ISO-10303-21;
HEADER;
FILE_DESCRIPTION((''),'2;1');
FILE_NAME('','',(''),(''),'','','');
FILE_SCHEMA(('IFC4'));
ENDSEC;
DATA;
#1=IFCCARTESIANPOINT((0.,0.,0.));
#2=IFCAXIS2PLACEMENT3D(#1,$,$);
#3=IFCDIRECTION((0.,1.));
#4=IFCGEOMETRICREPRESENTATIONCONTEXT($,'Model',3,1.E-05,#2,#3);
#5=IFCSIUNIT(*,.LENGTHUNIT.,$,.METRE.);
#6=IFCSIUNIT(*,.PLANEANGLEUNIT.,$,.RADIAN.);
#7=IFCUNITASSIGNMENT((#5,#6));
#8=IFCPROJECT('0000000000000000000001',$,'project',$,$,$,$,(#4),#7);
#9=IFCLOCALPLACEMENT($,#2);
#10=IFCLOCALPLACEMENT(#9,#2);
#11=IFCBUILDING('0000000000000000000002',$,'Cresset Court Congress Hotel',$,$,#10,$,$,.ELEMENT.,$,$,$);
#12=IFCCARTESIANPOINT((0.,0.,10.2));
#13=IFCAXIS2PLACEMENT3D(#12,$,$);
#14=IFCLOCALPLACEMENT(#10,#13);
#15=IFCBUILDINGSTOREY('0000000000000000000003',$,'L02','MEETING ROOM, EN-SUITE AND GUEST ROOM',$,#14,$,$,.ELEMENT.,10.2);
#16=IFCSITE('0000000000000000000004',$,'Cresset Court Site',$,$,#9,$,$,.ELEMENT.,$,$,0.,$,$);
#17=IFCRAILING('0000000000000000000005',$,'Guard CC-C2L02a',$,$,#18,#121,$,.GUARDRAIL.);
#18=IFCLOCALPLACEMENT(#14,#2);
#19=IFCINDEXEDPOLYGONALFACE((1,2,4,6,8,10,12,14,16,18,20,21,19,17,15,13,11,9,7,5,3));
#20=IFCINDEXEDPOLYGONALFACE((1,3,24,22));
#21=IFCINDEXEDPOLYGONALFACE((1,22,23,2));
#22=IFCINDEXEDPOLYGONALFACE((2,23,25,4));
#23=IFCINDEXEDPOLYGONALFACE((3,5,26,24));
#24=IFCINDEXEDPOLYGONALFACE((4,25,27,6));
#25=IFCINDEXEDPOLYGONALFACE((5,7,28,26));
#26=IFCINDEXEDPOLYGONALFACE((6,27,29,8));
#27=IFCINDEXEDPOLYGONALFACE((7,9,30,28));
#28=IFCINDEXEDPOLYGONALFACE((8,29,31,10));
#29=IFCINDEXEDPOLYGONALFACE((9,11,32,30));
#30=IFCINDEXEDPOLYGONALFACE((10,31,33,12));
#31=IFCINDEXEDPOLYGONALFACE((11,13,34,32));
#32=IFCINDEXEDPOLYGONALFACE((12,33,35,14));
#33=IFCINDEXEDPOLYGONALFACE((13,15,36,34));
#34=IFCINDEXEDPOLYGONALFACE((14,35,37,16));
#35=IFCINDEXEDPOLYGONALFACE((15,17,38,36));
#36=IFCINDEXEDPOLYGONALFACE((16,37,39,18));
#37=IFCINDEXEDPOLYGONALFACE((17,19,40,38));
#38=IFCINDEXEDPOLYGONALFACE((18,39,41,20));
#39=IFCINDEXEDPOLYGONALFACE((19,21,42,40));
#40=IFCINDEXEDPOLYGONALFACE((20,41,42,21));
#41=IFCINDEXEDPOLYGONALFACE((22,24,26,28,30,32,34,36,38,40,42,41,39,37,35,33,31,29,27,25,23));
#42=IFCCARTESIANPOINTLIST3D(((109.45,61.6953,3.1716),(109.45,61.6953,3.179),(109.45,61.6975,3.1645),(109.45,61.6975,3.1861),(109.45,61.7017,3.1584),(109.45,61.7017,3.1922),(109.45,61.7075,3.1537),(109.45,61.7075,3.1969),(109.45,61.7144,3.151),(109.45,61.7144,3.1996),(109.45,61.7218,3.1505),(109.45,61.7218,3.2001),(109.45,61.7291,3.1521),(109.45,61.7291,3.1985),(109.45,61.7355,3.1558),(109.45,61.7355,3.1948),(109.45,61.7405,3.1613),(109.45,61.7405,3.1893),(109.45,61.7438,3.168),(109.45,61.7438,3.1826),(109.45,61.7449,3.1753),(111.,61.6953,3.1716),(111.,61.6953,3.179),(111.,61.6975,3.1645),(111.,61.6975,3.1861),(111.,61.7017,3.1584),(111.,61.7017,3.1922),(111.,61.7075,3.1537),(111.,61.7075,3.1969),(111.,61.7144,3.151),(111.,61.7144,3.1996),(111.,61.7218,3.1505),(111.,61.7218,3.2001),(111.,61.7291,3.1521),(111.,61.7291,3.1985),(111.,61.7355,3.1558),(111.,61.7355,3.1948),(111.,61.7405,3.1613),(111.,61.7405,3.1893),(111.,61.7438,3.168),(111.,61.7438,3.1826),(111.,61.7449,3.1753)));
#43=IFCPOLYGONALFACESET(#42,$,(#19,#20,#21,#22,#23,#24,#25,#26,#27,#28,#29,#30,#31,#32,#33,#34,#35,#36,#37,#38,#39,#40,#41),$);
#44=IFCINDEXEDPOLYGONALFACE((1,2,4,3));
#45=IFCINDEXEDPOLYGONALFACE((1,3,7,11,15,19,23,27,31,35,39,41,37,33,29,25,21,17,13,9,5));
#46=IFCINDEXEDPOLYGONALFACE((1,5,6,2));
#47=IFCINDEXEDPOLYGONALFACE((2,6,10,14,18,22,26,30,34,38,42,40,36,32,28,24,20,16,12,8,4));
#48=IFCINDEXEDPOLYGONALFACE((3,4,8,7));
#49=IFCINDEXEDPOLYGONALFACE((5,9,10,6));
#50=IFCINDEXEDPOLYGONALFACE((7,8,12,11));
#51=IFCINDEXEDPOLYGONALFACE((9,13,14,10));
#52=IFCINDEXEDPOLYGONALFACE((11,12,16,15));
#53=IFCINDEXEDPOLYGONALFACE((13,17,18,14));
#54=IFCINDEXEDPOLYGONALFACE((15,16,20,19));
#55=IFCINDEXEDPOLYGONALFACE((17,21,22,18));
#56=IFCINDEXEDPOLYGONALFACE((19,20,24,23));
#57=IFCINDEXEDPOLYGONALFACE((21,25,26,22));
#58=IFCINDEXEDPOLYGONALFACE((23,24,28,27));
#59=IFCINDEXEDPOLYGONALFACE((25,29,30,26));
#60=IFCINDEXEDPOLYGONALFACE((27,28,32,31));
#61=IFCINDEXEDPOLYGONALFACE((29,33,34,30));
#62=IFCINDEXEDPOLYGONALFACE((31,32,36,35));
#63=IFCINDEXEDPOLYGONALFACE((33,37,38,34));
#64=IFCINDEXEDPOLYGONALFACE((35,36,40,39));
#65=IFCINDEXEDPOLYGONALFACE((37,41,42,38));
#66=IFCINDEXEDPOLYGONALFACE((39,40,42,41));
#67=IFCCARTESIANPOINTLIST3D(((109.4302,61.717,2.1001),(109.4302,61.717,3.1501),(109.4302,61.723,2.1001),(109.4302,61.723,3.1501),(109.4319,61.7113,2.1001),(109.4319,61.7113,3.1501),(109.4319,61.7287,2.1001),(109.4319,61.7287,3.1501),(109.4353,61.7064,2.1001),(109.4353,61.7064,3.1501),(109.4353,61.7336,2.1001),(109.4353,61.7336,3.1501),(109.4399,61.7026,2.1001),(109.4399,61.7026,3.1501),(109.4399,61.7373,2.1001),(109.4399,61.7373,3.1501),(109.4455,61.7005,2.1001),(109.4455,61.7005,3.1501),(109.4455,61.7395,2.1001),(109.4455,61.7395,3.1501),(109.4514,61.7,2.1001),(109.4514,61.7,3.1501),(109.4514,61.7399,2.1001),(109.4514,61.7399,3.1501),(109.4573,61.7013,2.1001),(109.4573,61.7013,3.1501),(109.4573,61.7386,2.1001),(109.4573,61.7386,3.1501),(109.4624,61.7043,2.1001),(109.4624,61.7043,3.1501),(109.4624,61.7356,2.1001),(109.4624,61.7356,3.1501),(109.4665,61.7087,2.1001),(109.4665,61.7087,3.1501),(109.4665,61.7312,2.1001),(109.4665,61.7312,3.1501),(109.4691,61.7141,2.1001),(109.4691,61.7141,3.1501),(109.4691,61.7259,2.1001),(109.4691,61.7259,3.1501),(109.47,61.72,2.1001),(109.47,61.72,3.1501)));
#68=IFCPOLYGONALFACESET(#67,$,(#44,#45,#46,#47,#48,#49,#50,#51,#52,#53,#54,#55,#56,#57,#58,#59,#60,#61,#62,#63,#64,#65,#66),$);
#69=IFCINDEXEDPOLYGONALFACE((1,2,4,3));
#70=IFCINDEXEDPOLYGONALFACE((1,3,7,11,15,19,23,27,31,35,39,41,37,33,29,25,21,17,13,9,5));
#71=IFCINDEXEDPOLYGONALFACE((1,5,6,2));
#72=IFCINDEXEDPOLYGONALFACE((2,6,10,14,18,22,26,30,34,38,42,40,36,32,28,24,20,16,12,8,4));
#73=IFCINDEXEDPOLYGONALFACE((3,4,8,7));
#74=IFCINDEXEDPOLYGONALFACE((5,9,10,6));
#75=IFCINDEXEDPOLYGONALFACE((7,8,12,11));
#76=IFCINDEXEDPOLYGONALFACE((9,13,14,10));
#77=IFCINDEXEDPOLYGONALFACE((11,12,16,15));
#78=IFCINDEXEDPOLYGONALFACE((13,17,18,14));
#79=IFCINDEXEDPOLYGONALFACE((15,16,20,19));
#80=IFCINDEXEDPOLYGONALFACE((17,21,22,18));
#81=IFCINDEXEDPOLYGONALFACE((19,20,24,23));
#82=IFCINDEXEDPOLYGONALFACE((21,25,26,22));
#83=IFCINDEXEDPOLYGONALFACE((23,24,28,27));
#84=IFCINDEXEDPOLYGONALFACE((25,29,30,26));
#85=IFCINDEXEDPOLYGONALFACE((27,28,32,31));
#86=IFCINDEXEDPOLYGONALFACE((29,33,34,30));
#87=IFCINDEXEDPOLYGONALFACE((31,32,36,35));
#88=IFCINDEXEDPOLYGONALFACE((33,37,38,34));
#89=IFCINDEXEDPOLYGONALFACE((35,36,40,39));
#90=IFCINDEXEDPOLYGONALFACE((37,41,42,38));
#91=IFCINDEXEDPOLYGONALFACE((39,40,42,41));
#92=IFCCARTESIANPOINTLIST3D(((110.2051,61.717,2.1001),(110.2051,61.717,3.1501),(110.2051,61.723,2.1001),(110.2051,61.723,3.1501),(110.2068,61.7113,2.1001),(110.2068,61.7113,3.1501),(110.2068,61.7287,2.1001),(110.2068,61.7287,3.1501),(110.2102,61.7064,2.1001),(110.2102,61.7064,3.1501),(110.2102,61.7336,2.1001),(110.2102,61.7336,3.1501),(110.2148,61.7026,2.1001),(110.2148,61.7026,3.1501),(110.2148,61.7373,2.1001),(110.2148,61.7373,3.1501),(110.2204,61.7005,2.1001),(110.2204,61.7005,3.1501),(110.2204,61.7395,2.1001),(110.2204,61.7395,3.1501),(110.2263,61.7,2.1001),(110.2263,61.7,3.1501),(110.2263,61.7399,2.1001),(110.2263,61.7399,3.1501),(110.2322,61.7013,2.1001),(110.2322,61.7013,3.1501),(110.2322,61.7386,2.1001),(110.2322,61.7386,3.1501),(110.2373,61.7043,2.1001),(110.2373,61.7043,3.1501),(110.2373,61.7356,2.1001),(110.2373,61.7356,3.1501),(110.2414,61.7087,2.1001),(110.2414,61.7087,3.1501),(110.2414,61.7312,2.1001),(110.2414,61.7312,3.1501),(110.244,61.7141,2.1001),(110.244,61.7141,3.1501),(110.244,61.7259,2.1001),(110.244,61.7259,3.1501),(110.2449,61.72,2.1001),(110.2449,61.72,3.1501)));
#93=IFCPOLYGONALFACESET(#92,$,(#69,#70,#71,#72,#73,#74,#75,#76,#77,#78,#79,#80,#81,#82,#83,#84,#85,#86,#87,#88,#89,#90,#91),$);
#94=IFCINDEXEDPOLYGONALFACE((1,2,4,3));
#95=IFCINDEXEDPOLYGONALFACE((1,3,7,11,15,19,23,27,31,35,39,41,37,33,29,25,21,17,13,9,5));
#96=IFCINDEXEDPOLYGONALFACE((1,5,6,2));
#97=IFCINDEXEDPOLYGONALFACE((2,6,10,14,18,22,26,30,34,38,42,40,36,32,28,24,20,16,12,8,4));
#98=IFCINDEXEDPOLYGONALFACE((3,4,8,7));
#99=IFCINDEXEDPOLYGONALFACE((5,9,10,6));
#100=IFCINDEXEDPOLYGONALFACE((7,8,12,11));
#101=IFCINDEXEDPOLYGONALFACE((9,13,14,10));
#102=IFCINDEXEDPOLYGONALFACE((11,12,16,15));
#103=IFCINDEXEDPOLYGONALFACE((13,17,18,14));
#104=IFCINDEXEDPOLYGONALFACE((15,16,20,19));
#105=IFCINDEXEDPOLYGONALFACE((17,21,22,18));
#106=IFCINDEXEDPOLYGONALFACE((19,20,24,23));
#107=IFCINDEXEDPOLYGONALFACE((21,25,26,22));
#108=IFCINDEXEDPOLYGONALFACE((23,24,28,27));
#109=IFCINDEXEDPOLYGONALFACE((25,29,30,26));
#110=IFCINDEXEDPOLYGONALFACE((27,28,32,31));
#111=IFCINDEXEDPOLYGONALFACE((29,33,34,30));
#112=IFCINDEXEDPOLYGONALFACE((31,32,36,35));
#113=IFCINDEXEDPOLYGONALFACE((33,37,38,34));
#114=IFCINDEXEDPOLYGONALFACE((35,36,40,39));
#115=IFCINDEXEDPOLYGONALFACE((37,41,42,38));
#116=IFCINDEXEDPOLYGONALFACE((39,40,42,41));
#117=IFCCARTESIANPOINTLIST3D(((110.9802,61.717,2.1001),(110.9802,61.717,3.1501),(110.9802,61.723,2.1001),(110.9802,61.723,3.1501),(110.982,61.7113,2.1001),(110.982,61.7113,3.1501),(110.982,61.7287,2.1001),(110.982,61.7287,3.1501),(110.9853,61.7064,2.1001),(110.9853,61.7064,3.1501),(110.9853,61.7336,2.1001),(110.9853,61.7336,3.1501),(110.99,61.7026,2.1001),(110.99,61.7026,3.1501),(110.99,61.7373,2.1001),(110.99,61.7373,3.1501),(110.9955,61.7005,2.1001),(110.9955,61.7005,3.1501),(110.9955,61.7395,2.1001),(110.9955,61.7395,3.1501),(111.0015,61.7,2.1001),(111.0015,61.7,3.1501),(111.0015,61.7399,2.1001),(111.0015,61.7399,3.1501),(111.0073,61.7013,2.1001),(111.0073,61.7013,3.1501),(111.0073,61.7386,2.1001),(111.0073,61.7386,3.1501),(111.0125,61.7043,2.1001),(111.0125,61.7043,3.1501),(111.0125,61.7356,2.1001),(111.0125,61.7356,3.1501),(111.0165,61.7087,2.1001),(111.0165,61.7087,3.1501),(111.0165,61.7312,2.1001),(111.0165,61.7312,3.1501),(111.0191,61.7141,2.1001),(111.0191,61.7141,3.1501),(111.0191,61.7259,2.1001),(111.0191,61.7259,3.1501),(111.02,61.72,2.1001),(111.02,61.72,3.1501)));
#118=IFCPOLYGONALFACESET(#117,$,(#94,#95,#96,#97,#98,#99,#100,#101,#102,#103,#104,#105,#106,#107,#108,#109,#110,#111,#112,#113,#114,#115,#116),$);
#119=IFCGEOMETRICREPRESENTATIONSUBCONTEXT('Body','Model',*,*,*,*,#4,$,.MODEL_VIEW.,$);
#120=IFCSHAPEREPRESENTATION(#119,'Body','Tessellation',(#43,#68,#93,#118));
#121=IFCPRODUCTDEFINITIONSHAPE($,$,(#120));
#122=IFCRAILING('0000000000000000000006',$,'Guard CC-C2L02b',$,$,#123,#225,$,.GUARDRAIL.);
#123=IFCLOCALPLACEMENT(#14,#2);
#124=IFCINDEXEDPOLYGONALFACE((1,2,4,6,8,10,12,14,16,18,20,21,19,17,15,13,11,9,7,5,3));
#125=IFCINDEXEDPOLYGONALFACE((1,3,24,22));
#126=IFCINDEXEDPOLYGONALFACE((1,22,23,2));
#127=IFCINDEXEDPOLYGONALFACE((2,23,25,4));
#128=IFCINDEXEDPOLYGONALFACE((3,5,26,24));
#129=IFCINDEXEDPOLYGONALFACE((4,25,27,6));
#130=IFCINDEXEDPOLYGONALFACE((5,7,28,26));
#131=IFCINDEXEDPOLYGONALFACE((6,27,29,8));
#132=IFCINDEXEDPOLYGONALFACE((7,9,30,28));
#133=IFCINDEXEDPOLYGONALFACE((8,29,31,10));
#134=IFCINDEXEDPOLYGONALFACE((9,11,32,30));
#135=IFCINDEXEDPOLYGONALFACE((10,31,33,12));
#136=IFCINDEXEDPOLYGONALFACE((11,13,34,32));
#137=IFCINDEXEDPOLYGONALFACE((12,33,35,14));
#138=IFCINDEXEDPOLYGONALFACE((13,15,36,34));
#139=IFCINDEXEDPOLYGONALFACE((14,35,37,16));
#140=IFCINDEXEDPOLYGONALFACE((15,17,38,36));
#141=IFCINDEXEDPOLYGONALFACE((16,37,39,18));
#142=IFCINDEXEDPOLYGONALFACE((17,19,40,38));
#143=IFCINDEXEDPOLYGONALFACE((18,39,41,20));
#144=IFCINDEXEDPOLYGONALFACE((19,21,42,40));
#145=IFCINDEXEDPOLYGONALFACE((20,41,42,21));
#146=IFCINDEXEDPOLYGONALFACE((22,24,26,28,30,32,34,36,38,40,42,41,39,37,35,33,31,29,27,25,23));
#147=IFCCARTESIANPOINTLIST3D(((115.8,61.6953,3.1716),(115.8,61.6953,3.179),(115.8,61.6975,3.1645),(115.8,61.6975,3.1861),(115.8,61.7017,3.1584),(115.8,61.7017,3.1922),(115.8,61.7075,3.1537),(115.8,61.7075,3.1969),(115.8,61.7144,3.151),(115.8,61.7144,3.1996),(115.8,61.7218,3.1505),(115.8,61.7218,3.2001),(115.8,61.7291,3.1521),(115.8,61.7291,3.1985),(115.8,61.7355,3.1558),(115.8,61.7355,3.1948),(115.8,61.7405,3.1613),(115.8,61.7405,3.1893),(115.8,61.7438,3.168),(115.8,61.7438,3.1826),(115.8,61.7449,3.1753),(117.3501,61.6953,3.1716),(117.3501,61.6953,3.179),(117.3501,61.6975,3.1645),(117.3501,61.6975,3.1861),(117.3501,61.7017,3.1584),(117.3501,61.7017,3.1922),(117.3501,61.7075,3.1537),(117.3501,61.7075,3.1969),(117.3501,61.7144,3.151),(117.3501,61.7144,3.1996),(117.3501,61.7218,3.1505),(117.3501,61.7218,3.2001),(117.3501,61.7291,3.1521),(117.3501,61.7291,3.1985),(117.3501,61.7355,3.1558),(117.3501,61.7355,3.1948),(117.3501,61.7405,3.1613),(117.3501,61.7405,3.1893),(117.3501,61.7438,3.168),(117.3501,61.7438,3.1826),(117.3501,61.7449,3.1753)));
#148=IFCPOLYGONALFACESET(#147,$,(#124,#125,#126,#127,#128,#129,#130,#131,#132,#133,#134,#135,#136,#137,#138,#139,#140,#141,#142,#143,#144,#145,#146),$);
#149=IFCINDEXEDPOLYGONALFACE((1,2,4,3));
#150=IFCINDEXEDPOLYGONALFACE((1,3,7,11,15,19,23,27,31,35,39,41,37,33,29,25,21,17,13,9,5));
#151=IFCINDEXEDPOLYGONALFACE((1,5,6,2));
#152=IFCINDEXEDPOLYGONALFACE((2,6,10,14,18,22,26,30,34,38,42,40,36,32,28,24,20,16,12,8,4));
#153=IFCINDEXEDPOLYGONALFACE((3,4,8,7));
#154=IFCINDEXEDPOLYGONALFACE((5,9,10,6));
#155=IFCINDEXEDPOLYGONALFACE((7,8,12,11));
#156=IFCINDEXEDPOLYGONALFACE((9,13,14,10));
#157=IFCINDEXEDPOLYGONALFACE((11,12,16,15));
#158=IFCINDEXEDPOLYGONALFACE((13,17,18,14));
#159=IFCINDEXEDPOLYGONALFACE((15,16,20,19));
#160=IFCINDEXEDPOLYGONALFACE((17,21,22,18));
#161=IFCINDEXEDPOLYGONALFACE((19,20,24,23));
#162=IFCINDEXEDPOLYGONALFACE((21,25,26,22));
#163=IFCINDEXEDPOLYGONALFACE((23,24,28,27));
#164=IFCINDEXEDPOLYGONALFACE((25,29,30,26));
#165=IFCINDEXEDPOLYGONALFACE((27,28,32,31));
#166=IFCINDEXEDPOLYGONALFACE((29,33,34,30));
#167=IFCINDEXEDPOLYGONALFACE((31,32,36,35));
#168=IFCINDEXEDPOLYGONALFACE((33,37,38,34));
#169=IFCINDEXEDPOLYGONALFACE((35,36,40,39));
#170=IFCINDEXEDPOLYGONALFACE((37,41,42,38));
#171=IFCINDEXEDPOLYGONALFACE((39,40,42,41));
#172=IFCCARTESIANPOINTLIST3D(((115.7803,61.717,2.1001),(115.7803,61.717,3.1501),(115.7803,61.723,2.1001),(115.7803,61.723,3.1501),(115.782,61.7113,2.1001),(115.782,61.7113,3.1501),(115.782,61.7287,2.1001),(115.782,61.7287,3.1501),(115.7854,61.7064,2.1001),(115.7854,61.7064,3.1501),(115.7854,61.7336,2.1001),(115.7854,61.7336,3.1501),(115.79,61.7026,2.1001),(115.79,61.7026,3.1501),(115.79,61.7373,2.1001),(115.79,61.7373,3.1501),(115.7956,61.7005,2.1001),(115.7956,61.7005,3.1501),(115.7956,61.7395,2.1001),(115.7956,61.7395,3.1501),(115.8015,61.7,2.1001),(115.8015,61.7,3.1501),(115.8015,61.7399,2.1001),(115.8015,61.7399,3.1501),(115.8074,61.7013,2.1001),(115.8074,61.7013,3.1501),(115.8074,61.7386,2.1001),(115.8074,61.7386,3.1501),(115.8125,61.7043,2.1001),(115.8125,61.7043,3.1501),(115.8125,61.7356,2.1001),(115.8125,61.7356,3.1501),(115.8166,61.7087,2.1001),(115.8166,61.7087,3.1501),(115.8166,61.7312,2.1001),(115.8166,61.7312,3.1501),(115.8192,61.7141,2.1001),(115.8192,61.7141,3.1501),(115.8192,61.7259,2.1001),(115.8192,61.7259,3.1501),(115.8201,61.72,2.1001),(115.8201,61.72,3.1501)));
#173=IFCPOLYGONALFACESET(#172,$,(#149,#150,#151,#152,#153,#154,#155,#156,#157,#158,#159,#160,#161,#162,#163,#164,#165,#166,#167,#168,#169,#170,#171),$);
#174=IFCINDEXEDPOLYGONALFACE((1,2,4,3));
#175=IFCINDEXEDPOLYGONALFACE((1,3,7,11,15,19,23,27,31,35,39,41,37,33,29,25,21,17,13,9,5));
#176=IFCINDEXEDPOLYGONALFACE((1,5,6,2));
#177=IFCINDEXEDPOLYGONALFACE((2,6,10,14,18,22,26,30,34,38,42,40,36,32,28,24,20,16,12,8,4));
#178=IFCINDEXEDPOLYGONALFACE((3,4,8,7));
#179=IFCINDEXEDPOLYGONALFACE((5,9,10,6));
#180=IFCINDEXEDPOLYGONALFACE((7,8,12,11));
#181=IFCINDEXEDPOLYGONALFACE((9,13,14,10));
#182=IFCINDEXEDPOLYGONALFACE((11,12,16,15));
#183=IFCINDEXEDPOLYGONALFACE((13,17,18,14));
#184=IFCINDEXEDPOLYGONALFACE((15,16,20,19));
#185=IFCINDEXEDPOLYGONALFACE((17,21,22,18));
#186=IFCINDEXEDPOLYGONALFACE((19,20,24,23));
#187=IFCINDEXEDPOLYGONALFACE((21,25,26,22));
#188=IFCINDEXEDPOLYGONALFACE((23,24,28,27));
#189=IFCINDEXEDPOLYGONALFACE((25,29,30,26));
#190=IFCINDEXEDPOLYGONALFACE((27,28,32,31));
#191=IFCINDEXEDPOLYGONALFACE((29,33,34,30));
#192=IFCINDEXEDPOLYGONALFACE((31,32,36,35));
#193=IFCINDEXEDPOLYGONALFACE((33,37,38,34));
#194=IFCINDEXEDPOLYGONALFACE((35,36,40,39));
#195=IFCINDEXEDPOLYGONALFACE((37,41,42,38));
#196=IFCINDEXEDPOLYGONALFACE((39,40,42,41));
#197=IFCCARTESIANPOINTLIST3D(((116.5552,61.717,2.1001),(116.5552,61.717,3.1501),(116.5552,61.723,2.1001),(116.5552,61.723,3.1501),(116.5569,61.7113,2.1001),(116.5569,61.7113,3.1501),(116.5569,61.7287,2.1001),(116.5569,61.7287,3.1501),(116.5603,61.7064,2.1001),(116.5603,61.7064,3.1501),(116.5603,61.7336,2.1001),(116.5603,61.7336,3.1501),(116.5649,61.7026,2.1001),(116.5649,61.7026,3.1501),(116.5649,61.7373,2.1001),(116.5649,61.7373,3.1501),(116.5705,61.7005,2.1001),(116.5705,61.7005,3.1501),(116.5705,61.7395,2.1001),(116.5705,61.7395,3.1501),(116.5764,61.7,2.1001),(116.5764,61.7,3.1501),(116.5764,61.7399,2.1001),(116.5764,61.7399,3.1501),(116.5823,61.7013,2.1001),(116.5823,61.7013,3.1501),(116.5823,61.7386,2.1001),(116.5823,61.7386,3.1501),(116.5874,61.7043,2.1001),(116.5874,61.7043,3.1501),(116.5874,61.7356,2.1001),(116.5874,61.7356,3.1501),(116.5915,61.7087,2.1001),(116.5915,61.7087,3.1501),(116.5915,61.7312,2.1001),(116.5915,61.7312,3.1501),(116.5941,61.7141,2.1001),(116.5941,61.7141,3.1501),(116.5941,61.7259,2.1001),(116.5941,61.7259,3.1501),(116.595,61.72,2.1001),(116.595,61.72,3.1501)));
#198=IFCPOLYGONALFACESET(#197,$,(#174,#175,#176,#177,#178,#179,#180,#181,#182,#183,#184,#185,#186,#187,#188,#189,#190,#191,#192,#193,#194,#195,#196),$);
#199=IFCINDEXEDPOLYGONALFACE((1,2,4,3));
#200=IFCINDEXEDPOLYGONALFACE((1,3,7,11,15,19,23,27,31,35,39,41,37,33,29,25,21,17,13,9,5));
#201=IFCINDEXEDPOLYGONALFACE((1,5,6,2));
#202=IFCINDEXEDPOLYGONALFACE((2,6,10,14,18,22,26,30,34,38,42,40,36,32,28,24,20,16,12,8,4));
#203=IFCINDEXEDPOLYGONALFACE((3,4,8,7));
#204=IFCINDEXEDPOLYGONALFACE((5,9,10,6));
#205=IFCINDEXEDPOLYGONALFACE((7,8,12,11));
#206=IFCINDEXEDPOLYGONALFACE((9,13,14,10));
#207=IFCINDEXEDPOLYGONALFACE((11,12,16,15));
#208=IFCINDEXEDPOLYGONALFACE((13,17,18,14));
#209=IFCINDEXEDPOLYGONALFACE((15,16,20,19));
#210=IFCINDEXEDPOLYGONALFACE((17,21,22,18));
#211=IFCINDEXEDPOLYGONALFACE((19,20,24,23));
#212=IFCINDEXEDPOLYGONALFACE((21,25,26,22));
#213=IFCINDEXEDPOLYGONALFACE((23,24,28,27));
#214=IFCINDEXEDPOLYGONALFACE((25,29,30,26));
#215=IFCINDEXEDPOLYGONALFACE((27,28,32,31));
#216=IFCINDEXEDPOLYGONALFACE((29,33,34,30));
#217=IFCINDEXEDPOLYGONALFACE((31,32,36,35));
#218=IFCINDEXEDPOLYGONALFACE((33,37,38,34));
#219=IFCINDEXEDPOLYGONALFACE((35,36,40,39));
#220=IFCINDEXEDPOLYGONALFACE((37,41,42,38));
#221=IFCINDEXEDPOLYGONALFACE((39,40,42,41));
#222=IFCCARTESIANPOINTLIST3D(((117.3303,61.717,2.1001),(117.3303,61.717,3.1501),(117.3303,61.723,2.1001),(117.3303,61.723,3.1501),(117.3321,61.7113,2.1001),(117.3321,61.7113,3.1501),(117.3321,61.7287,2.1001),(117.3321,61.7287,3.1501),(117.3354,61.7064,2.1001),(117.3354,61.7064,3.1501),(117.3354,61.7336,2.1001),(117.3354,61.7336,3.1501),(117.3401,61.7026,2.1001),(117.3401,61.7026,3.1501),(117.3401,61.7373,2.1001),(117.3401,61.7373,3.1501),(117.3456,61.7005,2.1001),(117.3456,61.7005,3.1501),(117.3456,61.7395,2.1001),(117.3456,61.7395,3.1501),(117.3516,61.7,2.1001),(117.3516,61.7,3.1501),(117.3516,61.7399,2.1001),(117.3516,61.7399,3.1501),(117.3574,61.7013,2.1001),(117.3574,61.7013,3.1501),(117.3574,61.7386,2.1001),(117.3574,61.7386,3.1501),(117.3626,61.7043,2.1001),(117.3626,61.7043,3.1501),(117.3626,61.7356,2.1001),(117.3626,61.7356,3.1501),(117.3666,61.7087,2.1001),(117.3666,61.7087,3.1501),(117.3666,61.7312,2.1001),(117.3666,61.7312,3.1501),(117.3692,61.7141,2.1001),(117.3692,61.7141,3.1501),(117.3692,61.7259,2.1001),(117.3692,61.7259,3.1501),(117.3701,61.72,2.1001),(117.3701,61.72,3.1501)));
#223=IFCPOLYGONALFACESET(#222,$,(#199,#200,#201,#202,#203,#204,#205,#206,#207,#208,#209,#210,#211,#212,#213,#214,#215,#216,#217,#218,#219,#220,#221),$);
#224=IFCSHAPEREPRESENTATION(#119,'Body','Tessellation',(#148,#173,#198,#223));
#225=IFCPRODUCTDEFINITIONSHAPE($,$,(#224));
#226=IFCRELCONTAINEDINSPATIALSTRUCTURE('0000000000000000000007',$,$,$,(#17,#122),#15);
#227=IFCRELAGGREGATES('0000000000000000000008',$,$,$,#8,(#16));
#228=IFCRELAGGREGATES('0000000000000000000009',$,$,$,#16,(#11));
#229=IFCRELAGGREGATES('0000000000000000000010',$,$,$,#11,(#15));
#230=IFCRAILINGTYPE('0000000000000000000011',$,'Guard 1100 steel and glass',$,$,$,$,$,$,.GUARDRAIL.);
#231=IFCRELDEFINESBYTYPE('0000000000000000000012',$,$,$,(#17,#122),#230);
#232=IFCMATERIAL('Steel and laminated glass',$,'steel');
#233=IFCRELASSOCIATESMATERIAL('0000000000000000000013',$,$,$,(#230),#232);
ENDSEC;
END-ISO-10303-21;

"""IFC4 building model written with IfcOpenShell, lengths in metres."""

from ifc_helpers import new_model, si_unit, direction, frame, origin, origin_2d, place, context, subcontext, project, spatial, circle, extrude, material, type_object, element, save


model = new_model("IFC4")

# Units and contexts
model_context = context("Model", 3, precision=1e-05, world=origin(), true_north=direction((0.0, 1.0)))
body_context = subcontext(model_context, "Body", "Model", "MODEL_VIEW")
ifc_project = project(units=[si_unit("LENGTHUNIT", "METRE"), si_unit("PLANEANGLEUNIT", "RADIAN")], contexts=[model_context])

# Site, building, storey
site_placement = place(None, origin())
site = spatial("IfcSite", under=ifc_project, at=site_placement, Name="Cresset Court Site", CompositionType="ELEMENT", RefElevation=0.0)
building_placement = place(site_placement, origin())
building = spatial("IfcBuilding", under=site, at=building_placement, Name="Cresset Court Congress Hotel", CompositionType="ELEMENT")
storey_placement = place(building_placement, frame((0.0, 0.0, 10.2)))
storey = spatial("IfcBuildingStorey", under=building, at=storey_placement, Name="L02", Description="MEETING ROOM, EN-SUITE AND GUEST ROOM", CompositionType="ELEMENT", Elevation=10.2)

# Railings
ifc_material_1 = material(Name="Steel and laminated glass", Category="steel")
railing_type = type_object("IfcRailingType", Name="Guard 1100 steel and glass", PredefinedType="GUARDRAIL", material=ifc_material_1)
for number, where, name in (
    (1, (109.45, 61.72, 2.1001), "Guard CC-C2L02a"),
    (2, (115.8, 61.72, 2.1001), "Guard CC-C2L02b"),
):
    element("IfcRailing", number, at=place(storey_placement, frame(where)), inside=storey, type_object=railing_type, Name=name, PredefinedType="GUARDRAIL", context=body_context, shape_type="SweptSolid", body=[
        extrude(circle(Radius=0.0249, at=origin_2d()), frame((0.0, 0.0, 1.0752), z_axis=(1.0, 0.0, 0.0), x_axis=(0.0, 1.0, 0.0)), (0.0, 0.0, 1.0), 1.55),
        extrude(circle(Radius=0.02, at=origin_2d()), origin(), (0.0, 0.0, 1.0), 1.05),
        extrude(circle(Radius=0.02, at=origin_2d()), frame((0.7749, 0.0, 0.0)), (0.0, 0.0, 1.0), 1.05),
        extrude(circle(Radius=0.02, at=origin_2d()), frame((1.55, 0.0, 0.0)), (0.0, 0.0, 1.0), 1.05),
    ])

save(model, "model.ifc")
